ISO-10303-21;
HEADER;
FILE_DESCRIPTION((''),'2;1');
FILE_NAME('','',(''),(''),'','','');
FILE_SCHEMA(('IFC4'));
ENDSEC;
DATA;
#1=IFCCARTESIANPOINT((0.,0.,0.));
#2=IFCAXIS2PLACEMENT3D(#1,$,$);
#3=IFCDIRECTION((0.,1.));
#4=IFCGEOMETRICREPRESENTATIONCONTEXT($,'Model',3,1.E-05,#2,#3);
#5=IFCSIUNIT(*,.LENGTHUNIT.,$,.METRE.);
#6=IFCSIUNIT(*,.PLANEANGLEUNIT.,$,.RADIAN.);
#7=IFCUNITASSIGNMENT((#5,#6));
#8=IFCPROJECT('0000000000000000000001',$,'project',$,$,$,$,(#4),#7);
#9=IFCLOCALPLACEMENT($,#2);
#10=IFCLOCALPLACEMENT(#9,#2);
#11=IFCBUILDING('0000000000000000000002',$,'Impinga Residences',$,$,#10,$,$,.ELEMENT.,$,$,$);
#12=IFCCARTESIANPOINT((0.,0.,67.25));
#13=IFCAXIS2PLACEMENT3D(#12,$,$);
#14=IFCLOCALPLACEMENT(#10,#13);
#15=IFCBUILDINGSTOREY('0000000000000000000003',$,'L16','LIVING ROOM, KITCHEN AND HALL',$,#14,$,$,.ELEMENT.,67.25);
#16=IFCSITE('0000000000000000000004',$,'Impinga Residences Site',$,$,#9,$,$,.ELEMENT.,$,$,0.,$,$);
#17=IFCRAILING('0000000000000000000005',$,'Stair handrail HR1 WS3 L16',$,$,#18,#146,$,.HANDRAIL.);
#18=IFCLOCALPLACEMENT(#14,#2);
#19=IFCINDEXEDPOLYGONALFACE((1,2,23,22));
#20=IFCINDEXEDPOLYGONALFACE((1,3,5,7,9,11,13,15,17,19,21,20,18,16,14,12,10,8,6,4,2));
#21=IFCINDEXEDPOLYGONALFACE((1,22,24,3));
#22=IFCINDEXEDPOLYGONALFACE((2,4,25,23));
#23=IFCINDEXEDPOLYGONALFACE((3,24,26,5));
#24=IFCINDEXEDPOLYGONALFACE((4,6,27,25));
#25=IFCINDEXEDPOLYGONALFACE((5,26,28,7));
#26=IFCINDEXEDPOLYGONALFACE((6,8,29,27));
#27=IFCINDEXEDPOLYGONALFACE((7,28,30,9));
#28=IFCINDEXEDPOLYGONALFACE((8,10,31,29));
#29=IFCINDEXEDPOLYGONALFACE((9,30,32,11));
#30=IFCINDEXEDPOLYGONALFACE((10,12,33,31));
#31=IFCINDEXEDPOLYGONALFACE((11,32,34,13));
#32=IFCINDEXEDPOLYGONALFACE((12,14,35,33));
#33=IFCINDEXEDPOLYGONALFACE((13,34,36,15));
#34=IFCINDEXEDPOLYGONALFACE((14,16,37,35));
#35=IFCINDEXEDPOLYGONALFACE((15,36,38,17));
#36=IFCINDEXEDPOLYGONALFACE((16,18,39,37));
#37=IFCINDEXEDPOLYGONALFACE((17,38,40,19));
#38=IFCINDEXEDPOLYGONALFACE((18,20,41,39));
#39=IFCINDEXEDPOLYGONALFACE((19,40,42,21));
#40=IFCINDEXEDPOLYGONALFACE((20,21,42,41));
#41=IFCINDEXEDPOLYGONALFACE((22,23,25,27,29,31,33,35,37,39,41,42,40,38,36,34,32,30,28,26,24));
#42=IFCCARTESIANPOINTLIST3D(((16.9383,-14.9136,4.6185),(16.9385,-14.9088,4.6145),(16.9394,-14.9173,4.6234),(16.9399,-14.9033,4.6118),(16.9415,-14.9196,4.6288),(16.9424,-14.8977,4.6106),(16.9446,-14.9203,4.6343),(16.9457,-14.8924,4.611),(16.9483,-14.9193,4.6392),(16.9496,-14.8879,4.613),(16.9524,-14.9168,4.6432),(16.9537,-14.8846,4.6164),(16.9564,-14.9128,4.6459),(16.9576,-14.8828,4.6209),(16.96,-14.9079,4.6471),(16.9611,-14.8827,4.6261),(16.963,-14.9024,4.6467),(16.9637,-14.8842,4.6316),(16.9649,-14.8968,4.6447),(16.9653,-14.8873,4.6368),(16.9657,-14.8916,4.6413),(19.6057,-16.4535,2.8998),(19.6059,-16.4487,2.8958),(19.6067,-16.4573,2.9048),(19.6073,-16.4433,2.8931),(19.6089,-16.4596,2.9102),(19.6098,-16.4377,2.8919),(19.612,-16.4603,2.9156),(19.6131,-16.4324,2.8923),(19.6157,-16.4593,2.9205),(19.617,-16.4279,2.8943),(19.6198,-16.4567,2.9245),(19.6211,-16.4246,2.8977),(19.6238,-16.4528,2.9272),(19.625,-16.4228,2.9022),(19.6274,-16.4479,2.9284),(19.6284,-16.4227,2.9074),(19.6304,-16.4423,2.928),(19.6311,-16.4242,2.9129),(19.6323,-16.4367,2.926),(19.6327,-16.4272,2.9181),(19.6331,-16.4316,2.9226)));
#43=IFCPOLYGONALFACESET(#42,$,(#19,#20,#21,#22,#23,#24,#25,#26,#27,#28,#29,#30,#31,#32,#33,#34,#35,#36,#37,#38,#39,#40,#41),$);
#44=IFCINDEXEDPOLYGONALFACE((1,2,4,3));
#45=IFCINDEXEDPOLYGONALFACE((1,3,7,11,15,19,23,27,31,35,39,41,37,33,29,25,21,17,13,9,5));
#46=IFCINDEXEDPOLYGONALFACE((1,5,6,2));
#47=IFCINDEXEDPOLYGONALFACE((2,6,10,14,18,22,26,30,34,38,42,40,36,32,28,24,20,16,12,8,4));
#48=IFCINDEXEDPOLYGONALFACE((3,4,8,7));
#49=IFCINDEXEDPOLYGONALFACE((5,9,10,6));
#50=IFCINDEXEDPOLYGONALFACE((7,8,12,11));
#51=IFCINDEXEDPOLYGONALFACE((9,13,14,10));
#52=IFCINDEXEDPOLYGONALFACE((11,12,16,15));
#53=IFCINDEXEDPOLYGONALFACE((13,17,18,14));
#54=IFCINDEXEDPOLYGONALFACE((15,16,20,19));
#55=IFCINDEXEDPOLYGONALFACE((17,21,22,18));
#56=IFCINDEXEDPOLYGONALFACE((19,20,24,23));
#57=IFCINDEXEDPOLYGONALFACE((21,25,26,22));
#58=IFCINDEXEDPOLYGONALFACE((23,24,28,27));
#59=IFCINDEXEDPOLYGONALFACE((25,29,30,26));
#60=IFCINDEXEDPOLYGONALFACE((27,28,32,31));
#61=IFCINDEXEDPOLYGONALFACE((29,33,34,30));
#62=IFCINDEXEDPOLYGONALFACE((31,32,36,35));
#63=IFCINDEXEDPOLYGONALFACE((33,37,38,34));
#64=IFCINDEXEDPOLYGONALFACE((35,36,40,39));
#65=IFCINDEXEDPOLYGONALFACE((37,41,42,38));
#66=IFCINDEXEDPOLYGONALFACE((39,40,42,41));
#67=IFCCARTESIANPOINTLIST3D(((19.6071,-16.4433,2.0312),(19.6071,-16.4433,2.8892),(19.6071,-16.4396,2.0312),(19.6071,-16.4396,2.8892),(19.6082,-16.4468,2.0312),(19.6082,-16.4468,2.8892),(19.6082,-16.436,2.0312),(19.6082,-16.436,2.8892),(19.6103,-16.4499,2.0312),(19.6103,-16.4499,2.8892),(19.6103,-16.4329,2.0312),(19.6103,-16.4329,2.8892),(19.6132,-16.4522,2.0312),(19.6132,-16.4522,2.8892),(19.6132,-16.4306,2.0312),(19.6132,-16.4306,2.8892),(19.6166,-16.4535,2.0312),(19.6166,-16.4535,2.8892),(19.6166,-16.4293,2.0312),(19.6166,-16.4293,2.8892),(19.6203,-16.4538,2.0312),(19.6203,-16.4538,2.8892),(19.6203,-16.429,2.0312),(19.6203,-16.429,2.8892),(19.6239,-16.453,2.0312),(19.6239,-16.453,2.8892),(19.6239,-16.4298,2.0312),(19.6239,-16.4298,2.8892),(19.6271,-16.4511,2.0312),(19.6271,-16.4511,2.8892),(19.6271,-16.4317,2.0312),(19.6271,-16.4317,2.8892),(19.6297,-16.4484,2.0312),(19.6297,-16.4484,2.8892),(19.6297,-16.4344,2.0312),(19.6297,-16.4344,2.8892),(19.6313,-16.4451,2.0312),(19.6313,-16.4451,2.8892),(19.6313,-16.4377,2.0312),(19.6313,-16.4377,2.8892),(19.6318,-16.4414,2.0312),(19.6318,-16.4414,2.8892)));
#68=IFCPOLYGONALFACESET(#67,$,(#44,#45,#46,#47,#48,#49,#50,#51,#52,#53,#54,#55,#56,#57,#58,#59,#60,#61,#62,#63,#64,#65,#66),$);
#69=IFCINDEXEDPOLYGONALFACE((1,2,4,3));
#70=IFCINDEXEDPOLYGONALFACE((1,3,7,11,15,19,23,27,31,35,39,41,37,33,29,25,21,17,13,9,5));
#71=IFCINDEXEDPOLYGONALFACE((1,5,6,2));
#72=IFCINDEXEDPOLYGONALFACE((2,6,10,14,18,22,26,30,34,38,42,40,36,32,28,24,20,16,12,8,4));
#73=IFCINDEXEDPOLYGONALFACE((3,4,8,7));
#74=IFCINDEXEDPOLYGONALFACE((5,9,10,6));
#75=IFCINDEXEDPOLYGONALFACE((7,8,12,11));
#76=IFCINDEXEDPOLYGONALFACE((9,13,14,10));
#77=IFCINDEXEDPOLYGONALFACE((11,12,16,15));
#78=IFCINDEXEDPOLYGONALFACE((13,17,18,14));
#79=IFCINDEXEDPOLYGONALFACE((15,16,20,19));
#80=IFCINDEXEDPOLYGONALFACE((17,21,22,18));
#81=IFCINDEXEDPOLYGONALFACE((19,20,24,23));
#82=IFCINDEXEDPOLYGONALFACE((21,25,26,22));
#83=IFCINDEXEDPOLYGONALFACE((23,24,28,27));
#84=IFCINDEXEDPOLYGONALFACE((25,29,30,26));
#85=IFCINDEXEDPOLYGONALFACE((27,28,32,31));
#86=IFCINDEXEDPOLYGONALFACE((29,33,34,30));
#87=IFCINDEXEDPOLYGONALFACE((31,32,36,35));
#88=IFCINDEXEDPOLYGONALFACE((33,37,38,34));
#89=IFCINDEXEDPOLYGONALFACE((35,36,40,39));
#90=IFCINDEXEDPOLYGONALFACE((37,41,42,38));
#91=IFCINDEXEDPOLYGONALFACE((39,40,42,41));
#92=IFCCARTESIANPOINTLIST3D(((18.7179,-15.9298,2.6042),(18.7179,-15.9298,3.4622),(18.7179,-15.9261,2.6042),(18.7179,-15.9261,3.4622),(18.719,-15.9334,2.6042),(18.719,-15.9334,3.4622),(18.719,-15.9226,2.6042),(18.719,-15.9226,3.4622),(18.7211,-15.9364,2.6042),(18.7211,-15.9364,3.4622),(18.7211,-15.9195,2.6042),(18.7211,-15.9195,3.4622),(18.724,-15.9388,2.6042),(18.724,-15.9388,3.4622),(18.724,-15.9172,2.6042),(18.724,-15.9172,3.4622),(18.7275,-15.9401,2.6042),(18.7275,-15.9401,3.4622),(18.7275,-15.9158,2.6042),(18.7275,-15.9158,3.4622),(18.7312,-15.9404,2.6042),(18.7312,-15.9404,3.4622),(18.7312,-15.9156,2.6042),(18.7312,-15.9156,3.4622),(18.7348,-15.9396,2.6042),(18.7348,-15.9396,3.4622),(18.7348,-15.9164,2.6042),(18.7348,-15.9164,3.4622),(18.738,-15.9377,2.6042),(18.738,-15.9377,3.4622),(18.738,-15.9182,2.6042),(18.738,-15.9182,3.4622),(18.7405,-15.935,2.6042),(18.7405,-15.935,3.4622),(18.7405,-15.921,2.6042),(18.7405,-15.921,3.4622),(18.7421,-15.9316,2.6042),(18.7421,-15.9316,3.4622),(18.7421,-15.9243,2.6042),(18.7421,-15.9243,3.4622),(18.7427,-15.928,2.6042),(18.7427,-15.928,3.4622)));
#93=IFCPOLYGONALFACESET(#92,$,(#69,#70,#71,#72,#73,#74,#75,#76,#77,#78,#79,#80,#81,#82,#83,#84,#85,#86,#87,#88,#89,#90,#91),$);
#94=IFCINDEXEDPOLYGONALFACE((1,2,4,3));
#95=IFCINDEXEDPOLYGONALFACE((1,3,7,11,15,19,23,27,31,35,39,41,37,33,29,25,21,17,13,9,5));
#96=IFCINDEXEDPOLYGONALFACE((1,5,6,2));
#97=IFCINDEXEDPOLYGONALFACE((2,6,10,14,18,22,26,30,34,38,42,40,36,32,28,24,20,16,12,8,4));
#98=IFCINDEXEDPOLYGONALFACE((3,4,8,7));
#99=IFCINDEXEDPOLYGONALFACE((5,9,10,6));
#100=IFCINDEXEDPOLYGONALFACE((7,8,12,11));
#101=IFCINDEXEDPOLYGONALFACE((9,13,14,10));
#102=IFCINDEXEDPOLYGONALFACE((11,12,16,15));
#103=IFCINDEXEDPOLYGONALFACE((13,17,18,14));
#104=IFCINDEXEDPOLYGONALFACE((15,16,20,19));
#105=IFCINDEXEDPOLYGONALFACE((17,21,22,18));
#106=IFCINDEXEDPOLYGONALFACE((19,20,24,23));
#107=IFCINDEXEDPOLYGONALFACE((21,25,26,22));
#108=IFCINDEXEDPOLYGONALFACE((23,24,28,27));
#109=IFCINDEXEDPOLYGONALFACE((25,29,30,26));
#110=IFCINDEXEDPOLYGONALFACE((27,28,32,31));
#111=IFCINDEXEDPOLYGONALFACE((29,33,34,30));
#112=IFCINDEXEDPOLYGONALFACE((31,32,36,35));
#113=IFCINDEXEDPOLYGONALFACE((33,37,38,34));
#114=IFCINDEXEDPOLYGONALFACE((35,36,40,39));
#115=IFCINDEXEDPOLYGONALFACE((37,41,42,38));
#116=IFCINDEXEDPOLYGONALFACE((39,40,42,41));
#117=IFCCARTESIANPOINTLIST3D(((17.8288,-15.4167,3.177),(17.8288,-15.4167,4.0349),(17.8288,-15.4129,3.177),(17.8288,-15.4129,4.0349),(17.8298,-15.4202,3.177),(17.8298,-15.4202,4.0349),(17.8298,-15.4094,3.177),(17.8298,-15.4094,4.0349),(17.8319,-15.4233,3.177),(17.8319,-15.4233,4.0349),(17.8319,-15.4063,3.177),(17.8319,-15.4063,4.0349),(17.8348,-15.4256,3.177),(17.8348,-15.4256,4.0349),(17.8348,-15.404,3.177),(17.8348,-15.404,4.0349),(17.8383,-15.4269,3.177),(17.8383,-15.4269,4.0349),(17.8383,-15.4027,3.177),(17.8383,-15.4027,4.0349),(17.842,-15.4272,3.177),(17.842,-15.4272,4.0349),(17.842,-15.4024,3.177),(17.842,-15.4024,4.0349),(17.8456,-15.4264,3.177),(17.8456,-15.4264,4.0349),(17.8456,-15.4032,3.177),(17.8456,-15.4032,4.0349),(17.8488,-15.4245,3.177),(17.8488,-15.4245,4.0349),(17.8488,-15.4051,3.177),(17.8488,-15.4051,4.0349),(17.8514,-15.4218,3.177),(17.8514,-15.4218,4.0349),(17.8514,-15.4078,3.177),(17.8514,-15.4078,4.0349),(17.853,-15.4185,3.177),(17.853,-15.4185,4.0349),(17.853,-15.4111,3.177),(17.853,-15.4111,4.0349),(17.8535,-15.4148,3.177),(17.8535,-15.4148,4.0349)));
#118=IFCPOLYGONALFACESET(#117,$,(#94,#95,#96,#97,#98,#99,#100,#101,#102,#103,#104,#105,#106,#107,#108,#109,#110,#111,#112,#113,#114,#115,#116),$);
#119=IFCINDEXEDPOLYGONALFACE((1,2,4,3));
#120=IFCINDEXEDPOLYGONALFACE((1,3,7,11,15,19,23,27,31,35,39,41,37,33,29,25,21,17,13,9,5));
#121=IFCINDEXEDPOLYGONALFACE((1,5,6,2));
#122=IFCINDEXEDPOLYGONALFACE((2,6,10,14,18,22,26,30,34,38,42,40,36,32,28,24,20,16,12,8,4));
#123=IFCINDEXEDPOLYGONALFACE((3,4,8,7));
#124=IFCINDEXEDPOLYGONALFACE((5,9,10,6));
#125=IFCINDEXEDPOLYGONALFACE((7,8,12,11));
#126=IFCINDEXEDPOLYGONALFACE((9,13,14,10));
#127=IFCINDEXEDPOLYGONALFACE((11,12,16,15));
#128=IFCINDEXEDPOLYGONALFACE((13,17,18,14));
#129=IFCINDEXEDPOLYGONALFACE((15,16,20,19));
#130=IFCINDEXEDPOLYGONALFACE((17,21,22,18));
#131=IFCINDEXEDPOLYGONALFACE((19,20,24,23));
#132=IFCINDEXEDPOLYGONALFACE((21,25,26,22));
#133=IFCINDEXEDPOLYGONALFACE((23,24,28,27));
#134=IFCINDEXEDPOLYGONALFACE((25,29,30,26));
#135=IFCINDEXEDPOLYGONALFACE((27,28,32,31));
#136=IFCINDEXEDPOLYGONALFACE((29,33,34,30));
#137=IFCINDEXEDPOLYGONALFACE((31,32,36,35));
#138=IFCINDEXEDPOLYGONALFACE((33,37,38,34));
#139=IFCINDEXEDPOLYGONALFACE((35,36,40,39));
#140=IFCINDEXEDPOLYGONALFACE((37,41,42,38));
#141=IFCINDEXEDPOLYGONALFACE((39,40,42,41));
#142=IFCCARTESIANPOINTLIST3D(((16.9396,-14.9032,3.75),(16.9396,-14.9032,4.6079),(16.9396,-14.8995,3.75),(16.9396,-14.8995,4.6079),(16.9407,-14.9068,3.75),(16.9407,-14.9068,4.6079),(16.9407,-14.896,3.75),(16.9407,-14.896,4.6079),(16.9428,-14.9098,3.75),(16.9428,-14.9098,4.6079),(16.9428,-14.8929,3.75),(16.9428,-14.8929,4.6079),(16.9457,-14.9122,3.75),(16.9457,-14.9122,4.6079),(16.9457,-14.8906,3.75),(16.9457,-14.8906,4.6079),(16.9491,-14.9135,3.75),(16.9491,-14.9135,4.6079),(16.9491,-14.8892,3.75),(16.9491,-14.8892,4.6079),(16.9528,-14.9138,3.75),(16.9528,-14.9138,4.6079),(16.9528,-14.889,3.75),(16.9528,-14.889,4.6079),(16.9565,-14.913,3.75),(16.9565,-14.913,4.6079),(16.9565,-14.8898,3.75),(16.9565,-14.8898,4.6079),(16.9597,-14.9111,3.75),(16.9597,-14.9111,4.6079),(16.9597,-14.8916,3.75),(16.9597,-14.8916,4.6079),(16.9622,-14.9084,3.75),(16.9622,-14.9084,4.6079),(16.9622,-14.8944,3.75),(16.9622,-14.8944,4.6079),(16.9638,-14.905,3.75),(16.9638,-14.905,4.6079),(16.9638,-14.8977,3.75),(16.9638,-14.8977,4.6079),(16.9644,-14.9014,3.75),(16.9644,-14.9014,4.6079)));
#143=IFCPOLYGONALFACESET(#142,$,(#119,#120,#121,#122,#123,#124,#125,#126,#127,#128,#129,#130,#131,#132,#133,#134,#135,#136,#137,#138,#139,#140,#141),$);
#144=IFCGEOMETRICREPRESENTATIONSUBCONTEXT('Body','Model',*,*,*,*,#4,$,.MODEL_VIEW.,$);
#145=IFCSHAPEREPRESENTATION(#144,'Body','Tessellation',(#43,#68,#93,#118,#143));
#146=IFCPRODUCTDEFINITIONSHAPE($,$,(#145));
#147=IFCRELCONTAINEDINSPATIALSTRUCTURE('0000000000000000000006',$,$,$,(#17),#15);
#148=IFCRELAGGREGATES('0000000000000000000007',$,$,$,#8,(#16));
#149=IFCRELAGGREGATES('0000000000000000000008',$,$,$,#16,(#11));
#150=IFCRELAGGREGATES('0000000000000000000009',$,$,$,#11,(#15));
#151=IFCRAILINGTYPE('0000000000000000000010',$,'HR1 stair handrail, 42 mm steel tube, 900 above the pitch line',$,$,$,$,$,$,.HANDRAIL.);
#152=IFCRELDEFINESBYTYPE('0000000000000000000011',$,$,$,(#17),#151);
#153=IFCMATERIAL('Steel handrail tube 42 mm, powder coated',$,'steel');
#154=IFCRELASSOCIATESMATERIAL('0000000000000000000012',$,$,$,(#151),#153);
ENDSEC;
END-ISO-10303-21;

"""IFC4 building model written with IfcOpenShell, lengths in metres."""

from ifc_helpers import new_model, si_unit, direction, frame, origin, origin_2d, place, context, subcontext, project, spatial, circle, extrude, material, type_object, element, save


model = new_model("IFC4")

# Units and contexts
model_context = context("Model", 3, precision=1e-05, world=origin(), true_north=direction((0.0, 1.0)))
body_context = subcontext(model_context, "Body", "Model", "MODEL_VIEW")
ifc_project = project(units=[si_unit("LENGTHUNIT", "METRE"), si_unit("PLANEANGLEUNIT", "RADIAN")], contexts=[model_context])

# Site, building, storey
site_placement = place(None, origin())
site = spatial("IfcSite", under=ifc_project, at=site_placement, Name="Impinga Residences Site", CompositionType="ELEMENT", RefElevation=0.0)
building_placement = place(site_placement, origin())
building = spatial("IfcBuilding", under=site, at=building_placement, Name="Impinga Residences", CompositionType="ELEMENT")
storey_placement = place(building_placement, frame((0.0, 0.0, 67.25)))
storey = spatial("IfcBuildingStorey", under=building, at=storey_placement, Name="L16", Description="LIVING ROOM, KITCHEN AND HALL", CompositionType="ELEMENT", Elevation=67.25)

# Railing
ifc_material_1 = material(Name="Steel handrail tube 42 mm, powder coated", Category="steel")
railing_type_1 = type_object("IfcRailingType", Name="HR1 stair handrail, 42 mm steel tube, 900 above the pitch line", PredefinedType="HANDRAIL", material=ifc_material_1)
railing_1_placement = place(storey_placement, frame((19.6194, -16.4414, 2.0312)))
element("IfcRailing", 1, at=railing_1_placement, inside=storey, type_object=railing_type_1, Name="Stair handrail HR1 WS3 L16", PredefinedType="HANDRAIL", context=body_context, shape_type="SweptSolid", body=[
    extrude(circle(Radius=0.021, at=origin_2d()), frame((0.0, 0.0, 0.8789), z_axis=(-0.756256, 0.436616, 0.487282), x_axis=(-0.499992, -0.86603, 0.0)), (0.0, 0.0, 1.0), 3.5271),
    extrude(circle(Radius=0.0125, at=origin_2d()), origin(), (0.0, 0.0, 1.0), 0.8579),
    extrude(circle(Radius=0.0125, at=origin_2d()), frame((-0.8892, 0.5134, 0.573)), (0.0, 0.0, 1.0), 0.8579),
    extrude(circle(Radius=0.0125, at=origin_2d()), frame((-1.7783, 1.0266, 1.1458)), (0.0, 0.0, 1.0), 0.8579),
    extrude(circle(Radius=0.0125, at=origin_2d()), frame((-2.6675, 1.54, 1.7188)), (0.0, 0.0, 1.0), 0.8579),
])

save(model, "model.ifc")
